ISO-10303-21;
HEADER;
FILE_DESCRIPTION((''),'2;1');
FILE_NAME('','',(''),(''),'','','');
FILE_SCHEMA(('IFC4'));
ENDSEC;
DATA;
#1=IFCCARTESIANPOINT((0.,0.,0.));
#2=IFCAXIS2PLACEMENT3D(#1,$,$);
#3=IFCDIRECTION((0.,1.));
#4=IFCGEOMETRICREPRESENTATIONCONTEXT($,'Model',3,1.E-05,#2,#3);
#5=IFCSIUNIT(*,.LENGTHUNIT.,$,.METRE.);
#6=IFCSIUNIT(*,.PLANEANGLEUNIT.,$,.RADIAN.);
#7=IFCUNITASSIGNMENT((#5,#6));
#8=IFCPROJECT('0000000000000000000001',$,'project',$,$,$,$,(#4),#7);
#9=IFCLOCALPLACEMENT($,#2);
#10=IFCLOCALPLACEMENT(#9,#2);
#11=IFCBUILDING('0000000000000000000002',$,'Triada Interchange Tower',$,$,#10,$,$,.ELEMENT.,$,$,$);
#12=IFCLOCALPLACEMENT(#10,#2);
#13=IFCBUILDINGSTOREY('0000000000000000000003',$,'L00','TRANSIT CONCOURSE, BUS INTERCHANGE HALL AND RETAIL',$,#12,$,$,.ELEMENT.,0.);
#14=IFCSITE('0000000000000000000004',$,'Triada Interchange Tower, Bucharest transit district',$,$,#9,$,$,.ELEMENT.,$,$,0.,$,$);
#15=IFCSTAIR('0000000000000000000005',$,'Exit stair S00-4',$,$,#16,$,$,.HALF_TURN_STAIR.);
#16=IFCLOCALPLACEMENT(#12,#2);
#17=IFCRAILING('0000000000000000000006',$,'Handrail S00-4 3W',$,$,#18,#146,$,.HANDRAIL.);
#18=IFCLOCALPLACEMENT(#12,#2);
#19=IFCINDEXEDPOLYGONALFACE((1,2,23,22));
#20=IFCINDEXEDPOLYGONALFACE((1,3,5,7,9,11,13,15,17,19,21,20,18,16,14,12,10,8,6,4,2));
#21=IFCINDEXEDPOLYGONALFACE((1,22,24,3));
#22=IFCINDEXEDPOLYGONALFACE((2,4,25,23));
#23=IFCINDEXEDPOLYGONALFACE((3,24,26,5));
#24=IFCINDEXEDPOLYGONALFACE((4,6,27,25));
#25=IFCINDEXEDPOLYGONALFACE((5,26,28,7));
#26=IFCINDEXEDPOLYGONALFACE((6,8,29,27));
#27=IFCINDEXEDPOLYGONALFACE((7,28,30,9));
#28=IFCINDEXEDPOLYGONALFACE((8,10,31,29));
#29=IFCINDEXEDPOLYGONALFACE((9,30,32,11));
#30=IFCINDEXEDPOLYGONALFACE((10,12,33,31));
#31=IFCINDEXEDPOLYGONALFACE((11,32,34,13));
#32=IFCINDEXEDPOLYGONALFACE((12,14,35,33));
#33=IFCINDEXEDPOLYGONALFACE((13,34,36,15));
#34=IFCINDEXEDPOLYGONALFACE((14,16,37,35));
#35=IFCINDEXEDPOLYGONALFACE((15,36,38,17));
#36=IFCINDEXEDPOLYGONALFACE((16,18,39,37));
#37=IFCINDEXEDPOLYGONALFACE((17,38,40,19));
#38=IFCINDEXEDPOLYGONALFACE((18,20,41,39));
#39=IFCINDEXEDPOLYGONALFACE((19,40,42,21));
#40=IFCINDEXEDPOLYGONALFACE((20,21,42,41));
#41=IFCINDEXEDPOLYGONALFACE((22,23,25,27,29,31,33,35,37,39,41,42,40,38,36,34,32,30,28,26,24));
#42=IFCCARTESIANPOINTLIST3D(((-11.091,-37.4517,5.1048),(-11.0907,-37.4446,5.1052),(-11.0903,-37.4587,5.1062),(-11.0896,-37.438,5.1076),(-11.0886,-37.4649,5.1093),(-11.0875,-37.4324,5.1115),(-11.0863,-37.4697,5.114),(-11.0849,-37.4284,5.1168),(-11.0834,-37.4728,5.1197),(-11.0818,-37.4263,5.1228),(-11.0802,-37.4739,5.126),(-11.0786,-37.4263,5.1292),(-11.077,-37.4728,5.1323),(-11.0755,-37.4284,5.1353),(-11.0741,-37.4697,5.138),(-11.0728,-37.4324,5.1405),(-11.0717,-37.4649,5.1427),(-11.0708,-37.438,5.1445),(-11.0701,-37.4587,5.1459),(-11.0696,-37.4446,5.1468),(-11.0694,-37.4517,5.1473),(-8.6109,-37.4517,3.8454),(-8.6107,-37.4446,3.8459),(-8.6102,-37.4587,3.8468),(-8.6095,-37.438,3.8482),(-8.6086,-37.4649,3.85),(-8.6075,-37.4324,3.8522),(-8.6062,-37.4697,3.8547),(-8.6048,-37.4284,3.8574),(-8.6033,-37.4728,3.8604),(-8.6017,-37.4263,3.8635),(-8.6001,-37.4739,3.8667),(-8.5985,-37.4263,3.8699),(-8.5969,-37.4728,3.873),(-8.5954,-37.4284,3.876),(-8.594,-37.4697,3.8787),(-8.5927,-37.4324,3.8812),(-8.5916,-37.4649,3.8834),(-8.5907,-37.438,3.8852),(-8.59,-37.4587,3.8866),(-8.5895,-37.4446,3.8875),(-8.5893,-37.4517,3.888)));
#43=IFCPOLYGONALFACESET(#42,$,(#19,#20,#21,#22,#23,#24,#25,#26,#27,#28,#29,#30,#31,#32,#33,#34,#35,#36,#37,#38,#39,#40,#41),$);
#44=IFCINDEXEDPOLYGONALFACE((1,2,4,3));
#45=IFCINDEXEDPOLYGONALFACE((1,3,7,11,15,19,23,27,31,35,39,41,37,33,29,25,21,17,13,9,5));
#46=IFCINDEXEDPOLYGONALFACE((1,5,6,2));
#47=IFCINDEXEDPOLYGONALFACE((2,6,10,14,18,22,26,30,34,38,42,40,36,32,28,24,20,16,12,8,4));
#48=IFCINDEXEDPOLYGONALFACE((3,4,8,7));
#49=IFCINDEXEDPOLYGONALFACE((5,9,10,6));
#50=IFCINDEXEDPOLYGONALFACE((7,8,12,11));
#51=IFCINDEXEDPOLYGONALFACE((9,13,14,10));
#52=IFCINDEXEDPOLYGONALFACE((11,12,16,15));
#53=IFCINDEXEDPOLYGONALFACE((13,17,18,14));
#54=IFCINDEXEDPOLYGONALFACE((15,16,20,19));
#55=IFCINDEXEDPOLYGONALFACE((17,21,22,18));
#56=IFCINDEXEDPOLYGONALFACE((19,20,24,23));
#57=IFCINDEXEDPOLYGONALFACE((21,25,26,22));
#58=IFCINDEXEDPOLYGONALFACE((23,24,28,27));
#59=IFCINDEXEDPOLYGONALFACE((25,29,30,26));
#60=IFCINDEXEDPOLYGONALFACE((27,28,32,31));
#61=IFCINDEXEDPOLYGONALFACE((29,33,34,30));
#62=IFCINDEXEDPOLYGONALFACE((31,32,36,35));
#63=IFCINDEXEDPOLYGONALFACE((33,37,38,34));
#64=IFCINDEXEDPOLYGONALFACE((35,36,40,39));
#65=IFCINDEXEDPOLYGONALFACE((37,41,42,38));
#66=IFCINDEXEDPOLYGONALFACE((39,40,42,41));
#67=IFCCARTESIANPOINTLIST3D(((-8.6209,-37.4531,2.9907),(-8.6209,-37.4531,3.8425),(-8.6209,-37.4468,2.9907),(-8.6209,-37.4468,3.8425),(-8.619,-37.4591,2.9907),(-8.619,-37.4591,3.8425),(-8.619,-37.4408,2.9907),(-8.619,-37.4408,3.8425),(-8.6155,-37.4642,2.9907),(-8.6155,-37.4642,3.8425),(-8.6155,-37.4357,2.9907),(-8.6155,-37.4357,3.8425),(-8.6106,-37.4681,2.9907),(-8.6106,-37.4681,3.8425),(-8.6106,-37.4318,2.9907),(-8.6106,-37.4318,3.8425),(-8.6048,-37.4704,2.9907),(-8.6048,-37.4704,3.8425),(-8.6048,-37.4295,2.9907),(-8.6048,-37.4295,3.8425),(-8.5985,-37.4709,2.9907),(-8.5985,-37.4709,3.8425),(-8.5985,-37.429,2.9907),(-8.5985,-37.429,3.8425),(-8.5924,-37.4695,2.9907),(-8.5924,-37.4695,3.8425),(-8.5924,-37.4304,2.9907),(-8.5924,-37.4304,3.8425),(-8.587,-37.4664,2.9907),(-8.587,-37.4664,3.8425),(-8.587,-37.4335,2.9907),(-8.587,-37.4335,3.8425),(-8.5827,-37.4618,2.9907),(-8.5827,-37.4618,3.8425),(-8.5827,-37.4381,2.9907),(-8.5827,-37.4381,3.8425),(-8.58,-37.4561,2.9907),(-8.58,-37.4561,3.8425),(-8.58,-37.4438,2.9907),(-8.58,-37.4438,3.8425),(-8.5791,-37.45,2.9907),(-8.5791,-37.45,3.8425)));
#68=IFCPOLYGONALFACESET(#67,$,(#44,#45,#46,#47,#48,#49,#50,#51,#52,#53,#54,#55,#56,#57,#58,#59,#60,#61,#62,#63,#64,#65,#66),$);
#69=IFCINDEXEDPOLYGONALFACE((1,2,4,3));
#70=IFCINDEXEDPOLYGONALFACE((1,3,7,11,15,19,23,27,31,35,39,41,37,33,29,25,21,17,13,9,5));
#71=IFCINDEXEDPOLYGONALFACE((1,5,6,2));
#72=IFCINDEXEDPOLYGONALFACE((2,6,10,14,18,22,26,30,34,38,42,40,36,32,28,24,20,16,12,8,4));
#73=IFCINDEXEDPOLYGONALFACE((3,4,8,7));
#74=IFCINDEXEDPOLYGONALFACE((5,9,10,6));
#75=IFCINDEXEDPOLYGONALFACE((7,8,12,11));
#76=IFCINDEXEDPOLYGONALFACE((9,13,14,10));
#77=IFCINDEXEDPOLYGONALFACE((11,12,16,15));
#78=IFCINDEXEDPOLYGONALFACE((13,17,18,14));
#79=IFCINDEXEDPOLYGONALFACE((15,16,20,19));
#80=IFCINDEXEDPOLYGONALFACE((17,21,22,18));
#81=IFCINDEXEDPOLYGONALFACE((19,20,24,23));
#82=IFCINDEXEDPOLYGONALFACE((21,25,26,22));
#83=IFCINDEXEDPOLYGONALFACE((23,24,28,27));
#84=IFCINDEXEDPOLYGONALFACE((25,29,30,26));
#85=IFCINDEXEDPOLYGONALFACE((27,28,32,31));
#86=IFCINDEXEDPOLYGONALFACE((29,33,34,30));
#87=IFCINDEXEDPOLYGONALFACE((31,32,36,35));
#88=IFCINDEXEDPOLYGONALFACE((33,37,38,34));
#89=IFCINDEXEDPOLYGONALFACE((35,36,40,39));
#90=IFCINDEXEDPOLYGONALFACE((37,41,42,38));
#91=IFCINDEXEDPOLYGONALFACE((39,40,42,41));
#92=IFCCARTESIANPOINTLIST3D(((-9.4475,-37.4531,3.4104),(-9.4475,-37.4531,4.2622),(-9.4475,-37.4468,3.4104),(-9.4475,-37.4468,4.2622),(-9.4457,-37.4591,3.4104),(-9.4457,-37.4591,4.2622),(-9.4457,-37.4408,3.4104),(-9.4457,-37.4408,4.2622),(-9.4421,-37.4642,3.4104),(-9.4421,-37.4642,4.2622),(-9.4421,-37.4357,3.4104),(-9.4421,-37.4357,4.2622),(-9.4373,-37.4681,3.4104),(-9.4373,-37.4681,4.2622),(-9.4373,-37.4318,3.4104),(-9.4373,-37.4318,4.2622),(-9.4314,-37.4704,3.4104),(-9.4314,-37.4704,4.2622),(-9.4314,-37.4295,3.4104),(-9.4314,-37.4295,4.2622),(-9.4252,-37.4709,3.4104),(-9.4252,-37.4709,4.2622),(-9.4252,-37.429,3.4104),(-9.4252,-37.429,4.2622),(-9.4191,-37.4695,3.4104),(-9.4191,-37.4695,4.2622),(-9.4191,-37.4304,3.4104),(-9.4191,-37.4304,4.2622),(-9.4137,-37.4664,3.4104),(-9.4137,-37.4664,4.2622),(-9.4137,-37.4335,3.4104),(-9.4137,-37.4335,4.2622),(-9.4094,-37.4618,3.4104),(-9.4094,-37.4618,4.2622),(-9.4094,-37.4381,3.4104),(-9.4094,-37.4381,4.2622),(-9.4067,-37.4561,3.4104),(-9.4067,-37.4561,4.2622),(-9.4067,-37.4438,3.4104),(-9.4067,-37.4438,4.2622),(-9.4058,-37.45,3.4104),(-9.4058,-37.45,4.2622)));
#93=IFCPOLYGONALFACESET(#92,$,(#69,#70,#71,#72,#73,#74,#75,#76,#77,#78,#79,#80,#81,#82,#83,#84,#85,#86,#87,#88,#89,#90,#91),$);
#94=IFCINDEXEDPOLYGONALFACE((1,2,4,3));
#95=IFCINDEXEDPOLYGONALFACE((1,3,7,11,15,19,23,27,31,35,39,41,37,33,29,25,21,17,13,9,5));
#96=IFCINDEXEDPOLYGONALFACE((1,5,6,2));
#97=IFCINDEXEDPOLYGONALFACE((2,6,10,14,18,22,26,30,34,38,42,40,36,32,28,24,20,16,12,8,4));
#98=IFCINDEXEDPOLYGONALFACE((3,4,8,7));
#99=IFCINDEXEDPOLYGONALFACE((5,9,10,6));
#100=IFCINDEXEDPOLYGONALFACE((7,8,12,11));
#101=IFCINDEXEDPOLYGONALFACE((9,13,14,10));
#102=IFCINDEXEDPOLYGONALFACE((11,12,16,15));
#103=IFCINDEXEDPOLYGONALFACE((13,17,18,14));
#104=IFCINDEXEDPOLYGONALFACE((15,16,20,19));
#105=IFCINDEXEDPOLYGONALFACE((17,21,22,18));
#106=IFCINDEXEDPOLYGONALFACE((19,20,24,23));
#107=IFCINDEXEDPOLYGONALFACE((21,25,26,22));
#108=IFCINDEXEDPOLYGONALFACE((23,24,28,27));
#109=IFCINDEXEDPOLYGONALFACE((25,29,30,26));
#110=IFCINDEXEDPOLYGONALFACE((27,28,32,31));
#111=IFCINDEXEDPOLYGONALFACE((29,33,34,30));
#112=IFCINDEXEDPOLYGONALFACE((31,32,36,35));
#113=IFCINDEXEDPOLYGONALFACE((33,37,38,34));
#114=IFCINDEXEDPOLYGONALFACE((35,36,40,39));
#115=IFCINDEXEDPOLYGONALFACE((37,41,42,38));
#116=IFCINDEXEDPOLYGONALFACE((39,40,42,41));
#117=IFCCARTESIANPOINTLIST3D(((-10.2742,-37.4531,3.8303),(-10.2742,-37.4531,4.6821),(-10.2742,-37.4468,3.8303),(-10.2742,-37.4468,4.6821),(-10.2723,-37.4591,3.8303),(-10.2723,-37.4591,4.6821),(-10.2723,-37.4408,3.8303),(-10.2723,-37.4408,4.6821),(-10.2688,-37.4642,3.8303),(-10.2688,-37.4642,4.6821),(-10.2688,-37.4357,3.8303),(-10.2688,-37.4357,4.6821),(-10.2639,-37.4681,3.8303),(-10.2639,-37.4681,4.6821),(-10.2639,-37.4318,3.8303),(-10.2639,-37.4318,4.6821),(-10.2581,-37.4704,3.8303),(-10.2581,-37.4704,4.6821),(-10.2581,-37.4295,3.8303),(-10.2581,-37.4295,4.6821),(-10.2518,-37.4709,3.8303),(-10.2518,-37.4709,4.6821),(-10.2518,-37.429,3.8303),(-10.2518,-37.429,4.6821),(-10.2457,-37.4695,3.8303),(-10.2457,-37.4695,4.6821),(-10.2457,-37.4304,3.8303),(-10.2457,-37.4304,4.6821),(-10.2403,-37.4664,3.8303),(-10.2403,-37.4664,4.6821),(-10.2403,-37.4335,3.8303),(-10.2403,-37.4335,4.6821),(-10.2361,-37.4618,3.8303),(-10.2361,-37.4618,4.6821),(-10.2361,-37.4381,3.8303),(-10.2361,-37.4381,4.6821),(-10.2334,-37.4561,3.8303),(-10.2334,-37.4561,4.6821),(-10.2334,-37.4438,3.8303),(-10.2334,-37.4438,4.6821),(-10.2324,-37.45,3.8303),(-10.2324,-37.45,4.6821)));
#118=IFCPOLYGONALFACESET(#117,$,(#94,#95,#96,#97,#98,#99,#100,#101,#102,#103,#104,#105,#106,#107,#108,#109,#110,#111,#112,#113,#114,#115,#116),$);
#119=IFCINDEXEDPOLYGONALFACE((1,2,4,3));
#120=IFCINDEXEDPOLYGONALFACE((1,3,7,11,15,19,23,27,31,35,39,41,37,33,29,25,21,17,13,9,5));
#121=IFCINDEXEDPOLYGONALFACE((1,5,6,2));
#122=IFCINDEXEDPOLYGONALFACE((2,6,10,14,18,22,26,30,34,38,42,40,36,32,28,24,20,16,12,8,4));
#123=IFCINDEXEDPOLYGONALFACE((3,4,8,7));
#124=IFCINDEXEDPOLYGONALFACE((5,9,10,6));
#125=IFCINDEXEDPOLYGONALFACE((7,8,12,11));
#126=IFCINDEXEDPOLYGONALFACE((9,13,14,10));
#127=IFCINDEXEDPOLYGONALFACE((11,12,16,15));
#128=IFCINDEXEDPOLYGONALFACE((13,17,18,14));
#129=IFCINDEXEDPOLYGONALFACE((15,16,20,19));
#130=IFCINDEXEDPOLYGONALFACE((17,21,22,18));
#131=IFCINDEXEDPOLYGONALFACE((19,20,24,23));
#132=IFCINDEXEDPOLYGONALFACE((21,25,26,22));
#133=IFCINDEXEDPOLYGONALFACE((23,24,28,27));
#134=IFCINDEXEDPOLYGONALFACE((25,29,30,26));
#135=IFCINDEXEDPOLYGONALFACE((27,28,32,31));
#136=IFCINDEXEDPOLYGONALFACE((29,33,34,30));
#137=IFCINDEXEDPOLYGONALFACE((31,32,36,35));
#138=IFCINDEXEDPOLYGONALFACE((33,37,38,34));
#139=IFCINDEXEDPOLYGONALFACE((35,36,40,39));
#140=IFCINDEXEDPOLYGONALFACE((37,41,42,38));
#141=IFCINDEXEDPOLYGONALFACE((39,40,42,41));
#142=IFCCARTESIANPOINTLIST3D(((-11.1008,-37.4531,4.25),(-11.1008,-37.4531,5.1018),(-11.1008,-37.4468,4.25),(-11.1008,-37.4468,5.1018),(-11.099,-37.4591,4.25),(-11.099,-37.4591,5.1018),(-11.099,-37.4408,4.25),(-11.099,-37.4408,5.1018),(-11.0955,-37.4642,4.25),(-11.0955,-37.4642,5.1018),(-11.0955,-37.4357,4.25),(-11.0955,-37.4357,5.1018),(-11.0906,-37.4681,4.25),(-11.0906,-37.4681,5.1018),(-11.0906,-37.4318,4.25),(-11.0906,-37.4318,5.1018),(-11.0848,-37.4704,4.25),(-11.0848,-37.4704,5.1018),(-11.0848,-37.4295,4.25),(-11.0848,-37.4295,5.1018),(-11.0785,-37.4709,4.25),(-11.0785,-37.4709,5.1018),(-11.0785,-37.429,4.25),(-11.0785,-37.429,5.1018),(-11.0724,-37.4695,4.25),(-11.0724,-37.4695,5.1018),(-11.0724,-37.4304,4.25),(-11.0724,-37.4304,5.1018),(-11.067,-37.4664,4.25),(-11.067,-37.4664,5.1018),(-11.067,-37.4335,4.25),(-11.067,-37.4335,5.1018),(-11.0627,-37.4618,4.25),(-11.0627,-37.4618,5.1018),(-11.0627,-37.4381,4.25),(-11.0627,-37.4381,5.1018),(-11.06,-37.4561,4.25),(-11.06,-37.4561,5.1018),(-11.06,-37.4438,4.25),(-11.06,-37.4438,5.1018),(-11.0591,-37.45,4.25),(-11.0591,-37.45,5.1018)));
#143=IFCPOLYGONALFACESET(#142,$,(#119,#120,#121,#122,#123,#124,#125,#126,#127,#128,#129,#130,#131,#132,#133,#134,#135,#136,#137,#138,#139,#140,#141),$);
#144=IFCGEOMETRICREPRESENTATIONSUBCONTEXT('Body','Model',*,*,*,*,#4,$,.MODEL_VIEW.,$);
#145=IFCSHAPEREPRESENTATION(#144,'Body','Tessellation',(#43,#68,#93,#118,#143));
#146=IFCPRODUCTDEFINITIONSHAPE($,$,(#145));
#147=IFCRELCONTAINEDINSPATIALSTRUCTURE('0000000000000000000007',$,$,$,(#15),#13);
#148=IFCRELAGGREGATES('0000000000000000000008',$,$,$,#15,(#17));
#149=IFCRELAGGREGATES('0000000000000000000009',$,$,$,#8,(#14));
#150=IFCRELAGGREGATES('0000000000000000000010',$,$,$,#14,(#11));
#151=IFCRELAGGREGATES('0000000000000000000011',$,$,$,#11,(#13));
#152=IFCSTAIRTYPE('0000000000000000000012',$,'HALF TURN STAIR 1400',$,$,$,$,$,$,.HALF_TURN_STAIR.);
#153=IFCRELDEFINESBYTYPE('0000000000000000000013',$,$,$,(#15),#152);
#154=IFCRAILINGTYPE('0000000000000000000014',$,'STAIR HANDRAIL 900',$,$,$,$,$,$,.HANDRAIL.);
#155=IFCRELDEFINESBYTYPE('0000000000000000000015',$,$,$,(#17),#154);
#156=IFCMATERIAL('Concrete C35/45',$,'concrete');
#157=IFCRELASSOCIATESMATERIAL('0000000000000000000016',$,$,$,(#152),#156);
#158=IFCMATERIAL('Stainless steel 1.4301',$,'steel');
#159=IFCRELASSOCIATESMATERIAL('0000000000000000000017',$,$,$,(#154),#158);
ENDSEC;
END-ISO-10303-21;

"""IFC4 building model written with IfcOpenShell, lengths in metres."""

from ifc_helpers import new_model, si_unit, direction, frame, origin, origin_2d, place, context, subcontext, project, spatial, circle, extrude, material, type_object, element, aggregate, save


model = new_model("IFC4")

# Units and contexts
model_context = context("Model", 3, precision=1e-05, world=origin(), true_north=direction((0.0, 1.0)))
body_context = subcontext(model_context, "Body", "Model", "MODEL_VIEW")
ifc_project = project(units=[si_unit("LENGTHUNIT", "METRE"), si_unit("PLANEANGLEUNIT", "RADIAN")], contexts=[model_context])

# Site, building, storey
site_placement = place(None, origin())
site = spatial("IfcSite", under=ifc_project, at=site_placement, Name="Triada Interchange Tower, Bucharest transit district", CompositionType="ELEMENT", RefElevation=0.0)
building_placement = place(site_placement, origin())
building = spatial("IfcBuilding", under=site, at=building_placement, Name="Triada Interchange Tower", CompositionType="ELEMENT")
storey_placement = place(building_placement, origin())
storey = spatial("IfcBuildingStorey", under=building, at=storey_placement, Name="L00", Description="TRANSIT CONCOURSE, BUS INTERCHANGE HALL AND RETAIL", CompositionType="ELEMENT", Elevation=0.0)

# Shared definitions
ifc_material_1 = material(Name="Concrete C35/45", Category="concrete")

# Stair
stair_type = type_object("IfcStairType", Name="HALF TURN STAIR 1400", PredefinedType="HALF_TURN_STAIR", material=ifc_material_1)
stair_1_placement = place(storey_placement, origin())
stair_1 = element("IfcStair", 1, at=stair_1_placement, inside=storey, type_object=stair_type, Name="Exit stair S00-4", PredefinedType="HALF_TURN_STAIR")

# Railing
ifc_material_2 = material(Name="Stainless steel 1.4301", Category="steel")
railing_type_1 = type_object("IfcRailingType", Name="STAIR HANDRAIL 900", PredefinedType="HANDRAIL", material=ifc_material_2)
railing_1_placement = place(storey_placement, frame((-8.6001, -37.45, 2.9907)))
railing_1 = element("IfcRailing", 2, at=railing_1_placement, type_object=railing_type_1, Name="Handrail S00-4 3W", PredefinedType="HANDRAIL", context=body_context, shape_type="SweptSolid", body=[
    extrude(circle(Radius=0.0239, at=origin_2d()), frame((0.0, 0.0, 0.876), z_axis=(-0.891636, 0.0, 0.452752), x_axis=(0.0, -1.0, 0.0)), (0.0, 0.0, 1.0), 2.7815),
    extrude(circle(Radius=0.021, at=origin_2d()), origin(), (0.0, 0.0, 1.0), 0.8518),
    extrude(circle(Radius=0.021, at=origin_2d()), frame((-0.8267, 0.0, 0.4197)), (0.0, 0.0, 1.0), 0.8518),
    extrude(circle(Radius=0.021, at=origin_2d()), frame((-1.6533, 0.0, 0.8396)), (0.0, 0.0, 1.0), 0.8518),
    extrude(circle(Radius=0.021, at=origin_2d()), frame((-2.48, 0.0, 1.2593)), (0.0, 0.0, 1.0), 0.8518),
])
aggregate(stair_1, [railing_1])

save(model, "model.ifc")
